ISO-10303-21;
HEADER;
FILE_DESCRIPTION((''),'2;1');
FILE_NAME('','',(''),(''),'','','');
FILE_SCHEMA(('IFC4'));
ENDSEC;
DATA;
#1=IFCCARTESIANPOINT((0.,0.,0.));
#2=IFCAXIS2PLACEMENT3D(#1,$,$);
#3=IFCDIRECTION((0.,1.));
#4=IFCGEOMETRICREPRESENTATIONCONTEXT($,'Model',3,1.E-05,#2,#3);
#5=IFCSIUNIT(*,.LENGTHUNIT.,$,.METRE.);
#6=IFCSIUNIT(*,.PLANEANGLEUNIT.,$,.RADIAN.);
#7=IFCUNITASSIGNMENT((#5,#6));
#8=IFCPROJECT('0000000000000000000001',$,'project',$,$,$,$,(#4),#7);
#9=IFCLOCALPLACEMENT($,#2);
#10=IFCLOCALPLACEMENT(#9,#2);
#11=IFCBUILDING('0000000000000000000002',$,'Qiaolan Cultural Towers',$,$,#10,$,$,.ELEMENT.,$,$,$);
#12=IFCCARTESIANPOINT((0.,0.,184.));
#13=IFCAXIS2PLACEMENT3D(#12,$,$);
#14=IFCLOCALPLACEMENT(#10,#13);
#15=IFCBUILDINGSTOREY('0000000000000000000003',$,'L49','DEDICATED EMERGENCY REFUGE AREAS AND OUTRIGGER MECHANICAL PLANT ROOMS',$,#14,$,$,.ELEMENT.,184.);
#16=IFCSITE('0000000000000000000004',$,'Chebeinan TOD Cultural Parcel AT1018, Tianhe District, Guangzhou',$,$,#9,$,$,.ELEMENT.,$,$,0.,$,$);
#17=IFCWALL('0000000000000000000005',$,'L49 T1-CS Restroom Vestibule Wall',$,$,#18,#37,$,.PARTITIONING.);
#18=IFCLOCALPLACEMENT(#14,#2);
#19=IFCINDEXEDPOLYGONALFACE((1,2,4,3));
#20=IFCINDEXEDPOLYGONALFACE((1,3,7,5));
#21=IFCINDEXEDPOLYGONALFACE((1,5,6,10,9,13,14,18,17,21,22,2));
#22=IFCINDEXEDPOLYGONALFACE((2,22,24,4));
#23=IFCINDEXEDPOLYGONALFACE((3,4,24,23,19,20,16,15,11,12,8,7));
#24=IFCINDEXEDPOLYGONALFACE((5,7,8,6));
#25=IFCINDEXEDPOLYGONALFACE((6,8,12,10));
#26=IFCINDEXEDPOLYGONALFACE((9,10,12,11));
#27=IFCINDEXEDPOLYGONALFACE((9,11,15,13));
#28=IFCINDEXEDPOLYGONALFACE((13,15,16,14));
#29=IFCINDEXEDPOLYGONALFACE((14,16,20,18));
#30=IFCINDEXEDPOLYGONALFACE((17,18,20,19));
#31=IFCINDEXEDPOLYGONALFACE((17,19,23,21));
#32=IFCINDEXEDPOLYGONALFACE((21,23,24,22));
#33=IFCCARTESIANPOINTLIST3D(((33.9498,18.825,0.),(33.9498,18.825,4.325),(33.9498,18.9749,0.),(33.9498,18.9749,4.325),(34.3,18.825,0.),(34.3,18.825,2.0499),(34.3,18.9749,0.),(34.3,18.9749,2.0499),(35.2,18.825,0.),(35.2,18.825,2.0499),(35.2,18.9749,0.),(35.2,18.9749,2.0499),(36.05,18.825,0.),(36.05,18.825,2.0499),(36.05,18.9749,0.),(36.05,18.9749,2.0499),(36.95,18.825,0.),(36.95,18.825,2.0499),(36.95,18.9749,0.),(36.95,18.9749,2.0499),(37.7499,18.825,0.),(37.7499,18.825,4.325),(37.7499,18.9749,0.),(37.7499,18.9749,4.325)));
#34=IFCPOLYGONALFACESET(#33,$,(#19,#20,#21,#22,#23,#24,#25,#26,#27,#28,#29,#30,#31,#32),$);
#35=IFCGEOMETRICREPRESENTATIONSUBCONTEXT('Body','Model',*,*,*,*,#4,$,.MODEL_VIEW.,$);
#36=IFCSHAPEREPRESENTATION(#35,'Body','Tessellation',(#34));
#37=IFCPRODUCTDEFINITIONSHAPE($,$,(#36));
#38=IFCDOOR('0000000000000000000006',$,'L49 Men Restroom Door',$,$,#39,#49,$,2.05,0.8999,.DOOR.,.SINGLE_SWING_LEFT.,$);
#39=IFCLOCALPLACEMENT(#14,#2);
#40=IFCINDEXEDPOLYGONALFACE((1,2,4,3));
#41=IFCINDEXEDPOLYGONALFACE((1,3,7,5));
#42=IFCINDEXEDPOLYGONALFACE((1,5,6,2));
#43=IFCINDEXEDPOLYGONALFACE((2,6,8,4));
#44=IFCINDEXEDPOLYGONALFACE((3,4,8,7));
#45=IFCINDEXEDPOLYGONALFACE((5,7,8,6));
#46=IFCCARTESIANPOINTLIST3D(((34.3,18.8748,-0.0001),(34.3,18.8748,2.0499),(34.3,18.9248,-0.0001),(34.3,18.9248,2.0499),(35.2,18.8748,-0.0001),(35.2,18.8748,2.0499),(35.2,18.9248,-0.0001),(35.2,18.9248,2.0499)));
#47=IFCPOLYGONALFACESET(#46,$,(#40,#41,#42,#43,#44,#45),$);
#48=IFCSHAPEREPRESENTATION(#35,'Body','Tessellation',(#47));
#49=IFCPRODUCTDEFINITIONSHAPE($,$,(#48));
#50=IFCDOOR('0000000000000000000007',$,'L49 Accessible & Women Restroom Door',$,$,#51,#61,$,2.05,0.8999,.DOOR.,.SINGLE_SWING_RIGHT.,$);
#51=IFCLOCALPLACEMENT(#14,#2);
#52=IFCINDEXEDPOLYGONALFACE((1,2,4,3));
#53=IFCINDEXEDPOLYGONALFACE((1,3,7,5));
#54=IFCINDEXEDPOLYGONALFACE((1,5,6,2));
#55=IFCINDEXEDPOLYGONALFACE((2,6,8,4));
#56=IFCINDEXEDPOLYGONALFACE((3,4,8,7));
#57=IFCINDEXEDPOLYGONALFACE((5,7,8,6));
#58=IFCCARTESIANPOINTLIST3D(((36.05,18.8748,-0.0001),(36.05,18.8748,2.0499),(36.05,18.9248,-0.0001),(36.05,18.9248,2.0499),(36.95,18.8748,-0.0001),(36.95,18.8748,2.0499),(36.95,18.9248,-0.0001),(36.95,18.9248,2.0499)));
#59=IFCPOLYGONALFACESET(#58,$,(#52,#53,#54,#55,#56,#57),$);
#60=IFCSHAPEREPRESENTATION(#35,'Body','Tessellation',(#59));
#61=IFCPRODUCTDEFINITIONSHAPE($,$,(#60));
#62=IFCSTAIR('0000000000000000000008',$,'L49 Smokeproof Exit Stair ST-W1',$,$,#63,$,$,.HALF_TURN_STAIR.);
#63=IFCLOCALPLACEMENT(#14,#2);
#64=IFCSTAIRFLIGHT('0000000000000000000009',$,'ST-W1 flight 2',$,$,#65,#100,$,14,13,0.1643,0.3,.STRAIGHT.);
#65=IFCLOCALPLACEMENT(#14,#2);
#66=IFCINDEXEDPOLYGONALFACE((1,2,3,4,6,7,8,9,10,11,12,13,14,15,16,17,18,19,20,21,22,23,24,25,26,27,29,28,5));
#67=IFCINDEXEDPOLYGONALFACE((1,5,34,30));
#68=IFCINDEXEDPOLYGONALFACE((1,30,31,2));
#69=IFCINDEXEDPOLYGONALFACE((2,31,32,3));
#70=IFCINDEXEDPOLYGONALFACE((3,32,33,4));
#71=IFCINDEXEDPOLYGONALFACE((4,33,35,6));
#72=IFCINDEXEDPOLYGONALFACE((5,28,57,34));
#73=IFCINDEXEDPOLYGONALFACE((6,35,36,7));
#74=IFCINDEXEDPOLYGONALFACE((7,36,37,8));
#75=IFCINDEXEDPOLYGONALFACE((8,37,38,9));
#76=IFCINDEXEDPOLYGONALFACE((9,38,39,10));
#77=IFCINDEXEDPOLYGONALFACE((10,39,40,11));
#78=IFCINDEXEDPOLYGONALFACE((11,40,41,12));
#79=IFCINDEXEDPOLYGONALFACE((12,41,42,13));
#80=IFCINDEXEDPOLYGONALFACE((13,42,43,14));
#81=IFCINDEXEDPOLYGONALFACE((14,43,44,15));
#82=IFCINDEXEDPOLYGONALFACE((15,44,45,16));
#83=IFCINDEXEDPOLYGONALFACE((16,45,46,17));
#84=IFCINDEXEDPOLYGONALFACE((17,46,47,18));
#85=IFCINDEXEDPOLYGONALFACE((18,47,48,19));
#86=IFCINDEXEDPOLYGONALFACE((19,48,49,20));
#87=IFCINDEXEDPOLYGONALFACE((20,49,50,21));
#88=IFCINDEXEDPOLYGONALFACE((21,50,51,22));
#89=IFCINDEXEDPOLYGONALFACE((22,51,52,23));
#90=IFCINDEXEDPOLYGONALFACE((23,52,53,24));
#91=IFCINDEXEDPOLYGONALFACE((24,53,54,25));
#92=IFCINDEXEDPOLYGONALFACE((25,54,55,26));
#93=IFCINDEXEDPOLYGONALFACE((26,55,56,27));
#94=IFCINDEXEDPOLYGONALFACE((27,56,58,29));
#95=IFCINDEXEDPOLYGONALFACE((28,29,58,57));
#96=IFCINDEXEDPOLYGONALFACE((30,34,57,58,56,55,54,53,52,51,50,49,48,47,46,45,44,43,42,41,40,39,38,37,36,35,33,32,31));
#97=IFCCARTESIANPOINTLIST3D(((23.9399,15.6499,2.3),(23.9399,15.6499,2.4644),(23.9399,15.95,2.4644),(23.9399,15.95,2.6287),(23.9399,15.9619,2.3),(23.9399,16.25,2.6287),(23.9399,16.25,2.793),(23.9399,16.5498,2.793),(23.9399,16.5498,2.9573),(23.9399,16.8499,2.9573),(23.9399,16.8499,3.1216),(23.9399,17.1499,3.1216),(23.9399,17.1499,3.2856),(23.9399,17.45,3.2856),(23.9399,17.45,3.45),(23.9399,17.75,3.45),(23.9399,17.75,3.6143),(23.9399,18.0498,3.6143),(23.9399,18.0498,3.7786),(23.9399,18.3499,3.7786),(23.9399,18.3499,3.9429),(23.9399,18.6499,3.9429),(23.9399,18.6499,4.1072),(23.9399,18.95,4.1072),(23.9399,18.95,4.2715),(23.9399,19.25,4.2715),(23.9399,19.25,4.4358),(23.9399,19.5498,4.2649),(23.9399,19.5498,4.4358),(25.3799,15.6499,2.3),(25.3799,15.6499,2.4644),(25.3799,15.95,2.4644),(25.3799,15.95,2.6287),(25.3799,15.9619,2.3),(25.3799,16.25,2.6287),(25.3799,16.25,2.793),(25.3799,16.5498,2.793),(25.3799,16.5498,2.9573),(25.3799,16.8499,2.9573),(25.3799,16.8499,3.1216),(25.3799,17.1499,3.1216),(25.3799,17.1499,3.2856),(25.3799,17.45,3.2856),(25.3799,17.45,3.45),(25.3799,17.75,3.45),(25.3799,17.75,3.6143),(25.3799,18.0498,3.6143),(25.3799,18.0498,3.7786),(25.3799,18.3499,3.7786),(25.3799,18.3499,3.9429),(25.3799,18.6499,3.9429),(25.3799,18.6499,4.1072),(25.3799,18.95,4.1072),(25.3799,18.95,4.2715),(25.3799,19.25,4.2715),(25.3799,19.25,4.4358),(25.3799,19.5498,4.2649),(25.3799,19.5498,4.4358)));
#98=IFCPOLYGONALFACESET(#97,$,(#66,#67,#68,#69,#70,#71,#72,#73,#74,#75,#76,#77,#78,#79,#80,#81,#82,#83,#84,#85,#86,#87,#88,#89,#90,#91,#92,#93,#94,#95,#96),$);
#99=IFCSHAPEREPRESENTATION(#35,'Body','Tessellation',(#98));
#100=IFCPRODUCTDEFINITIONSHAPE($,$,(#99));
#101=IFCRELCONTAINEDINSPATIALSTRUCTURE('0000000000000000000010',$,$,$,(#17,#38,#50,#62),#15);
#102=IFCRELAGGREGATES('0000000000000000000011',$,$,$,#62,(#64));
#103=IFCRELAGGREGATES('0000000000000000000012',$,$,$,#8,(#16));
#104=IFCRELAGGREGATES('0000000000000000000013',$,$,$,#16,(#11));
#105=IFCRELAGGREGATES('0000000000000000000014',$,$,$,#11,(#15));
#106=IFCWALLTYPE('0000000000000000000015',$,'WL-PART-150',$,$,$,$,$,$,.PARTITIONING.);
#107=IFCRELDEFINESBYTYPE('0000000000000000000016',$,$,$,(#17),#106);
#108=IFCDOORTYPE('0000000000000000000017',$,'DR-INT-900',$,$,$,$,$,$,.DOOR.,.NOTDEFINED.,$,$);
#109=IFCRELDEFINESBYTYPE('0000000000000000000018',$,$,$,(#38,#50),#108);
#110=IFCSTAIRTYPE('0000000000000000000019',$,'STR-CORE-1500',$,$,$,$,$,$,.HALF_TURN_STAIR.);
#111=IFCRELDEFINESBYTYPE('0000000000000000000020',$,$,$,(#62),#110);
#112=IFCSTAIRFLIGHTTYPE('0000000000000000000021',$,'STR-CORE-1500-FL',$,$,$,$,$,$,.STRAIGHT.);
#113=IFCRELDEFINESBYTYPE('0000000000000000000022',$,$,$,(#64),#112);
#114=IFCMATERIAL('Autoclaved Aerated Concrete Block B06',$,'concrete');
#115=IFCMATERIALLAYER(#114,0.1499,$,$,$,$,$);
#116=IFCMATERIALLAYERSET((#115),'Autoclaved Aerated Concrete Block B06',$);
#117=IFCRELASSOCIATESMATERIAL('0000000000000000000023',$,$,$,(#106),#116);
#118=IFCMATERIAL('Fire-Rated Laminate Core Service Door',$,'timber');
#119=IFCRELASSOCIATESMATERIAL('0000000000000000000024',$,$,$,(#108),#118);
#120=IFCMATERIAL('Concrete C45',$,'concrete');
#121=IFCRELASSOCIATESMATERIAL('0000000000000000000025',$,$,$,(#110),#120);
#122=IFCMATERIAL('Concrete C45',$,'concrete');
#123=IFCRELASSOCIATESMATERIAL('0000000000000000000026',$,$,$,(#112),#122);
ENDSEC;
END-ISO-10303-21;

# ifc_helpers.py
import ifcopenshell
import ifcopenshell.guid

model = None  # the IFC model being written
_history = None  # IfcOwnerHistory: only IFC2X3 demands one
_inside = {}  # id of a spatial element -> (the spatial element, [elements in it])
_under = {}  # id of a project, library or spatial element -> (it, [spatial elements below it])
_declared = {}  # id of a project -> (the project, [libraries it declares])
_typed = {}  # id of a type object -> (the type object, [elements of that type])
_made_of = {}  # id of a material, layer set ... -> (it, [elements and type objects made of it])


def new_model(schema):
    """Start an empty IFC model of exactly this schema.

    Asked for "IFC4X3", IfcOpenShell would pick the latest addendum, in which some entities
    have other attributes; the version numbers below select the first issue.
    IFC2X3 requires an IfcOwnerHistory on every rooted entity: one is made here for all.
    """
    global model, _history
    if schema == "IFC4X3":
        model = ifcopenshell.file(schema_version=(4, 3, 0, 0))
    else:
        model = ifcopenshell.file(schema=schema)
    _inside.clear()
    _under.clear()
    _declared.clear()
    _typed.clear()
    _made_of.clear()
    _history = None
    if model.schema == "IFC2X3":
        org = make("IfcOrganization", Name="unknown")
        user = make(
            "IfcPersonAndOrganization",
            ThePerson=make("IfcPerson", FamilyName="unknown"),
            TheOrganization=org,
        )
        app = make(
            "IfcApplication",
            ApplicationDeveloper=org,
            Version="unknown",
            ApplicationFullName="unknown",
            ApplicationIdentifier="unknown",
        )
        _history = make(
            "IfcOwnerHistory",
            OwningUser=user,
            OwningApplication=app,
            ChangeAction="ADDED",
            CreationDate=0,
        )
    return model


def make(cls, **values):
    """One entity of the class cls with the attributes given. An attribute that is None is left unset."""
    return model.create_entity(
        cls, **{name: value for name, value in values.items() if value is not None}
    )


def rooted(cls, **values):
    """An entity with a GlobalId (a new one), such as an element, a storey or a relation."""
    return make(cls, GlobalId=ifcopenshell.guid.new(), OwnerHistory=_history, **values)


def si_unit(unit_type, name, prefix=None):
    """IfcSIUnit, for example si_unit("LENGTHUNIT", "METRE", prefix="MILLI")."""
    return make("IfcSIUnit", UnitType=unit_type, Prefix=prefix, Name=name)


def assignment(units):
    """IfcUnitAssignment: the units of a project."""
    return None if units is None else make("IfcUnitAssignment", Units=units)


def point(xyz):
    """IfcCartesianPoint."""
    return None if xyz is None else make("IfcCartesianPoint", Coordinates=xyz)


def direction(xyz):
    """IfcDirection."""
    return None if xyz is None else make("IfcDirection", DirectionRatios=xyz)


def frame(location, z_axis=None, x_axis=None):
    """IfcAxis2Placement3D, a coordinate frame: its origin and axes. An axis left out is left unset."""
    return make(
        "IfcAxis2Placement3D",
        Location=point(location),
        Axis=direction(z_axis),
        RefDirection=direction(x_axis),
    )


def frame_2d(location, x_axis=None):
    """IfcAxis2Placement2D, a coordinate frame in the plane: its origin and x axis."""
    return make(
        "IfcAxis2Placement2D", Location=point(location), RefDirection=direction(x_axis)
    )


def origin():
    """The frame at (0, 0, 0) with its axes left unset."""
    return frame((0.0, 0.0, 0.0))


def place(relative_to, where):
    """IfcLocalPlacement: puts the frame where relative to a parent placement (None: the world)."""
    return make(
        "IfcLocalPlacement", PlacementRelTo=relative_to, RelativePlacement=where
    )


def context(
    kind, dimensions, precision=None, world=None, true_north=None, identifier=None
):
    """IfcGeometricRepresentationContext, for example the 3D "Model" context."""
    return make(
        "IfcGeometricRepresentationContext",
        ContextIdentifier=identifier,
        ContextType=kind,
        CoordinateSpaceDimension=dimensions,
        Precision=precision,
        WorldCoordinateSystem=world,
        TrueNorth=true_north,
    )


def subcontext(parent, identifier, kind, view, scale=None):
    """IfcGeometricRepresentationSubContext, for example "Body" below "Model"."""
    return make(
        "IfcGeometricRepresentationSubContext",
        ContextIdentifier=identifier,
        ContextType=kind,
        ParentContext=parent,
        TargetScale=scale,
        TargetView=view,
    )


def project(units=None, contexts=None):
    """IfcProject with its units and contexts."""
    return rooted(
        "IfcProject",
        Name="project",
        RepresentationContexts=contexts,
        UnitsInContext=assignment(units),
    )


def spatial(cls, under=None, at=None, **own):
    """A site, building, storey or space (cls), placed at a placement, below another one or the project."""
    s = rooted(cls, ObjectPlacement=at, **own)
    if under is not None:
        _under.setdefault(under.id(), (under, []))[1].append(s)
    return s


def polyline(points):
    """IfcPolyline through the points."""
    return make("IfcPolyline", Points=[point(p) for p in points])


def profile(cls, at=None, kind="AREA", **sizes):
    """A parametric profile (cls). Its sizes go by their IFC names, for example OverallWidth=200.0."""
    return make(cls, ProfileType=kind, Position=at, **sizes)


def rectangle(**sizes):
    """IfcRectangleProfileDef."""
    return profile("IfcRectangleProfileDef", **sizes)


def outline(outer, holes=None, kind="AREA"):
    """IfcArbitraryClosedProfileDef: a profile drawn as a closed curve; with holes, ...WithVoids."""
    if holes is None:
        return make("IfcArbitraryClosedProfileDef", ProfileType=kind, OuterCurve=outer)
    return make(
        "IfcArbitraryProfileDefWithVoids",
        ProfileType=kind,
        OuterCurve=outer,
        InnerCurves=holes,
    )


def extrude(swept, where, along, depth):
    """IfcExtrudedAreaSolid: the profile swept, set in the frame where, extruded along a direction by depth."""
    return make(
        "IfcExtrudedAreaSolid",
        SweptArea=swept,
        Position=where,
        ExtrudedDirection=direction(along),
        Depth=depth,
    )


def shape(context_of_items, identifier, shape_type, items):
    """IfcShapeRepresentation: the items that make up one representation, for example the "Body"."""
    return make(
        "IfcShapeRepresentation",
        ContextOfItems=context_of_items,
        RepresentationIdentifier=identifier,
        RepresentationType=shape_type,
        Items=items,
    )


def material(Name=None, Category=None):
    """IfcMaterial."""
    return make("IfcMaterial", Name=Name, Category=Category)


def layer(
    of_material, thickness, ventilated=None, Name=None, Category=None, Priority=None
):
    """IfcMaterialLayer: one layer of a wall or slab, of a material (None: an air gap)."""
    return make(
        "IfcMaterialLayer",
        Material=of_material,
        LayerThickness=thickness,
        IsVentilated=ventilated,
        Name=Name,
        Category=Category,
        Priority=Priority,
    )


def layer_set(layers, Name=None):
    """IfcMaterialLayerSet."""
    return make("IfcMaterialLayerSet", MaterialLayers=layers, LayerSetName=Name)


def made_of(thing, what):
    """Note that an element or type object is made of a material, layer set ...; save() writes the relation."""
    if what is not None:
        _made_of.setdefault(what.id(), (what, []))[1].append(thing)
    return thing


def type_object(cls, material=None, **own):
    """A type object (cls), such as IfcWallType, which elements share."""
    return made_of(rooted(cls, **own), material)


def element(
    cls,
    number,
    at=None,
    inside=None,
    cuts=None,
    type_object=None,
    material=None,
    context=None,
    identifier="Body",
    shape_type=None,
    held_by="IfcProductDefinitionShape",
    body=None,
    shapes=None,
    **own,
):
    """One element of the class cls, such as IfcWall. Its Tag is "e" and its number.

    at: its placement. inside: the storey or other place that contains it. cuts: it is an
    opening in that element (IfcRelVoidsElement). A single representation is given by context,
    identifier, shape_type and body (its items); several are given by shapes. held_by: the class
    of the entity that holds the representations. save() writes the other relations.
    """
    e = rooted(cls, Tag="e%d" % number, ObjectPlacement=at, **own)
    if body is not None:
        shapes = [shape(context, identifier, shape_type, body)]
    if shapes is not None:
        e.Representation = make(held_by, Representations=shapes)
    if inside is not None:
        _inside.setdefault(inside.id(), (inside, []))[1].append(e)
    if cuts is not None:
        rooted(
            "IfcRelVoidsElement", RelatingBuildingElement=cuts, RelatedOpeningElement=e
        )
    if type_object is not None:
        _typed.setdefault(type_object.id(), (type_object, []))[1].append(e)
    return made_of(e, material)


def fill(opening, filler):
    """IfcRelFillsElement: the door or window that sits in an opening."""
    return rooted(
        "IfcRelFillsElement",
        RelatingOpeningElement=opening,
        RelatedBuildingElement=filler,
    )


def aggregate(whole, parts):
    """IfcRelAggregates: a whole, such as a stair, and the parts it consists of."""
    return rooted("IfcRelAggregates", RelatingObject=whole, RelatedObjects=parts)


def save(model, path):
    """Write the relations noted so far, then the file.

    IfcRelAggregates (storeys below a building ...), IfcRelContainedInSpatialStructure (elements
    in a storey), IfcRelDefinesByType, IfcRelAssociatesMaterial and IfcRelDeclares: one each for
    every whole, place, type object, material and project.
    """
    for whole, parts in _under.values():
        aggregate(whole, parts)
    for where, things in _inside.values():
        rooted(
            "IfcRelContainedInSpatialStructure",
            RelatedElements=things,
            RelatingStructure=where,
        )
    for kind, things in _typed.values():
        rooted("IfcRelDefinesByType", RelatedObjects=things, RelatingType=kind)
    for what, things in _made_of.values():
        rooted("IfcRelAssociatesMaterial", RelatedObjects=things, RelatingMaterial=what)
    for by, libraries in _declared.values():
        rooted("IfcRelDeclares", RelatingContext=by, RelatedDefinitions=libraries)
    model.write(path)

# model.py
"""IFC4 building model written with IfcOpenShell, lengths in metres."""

from ifc_helpers import new_model, si_unit, direction, frame, frame_2d, origin, place, context, subcontext, project, spatial, polyline, rectangle, outline, extrude, material, layer, layer_set, type_object, element, fill, aggregate, save


model = new_model("IFC4")

# Units and contexts
model_context = context("Model", 3, precision=1e-05, world=origin(), true_north=direction((0.0, 1.0)))
body_context = subcontext(model_context, "Body", "Model", "MODEL_VIEW")
ifc_project = project(units=[si_unit("LENGTHUNIT", "METRE"), si_unit("PLANEANGLEUNIT", "RADIAN")], contexts=[model_context])

# Site, building, storey
site_placement = place(None, origin())
site = spatial("IfcSite", under=ifc_project, at=site_placement, Name="Chebeinan TOD Cultural Parcel AT1018, Tianhe District, Guangzhou", CompositionType="ELEMENT", RefElevation=0.0)
building_placement = place(site_placement, origin())
building = spatial("IfcBuilding", under=site, at=building_placement, Name="Qiaolan Cultural Towers", CompositionType="ELEMENT")
storey_placement = place(building_placement, frame((0.0, 0.0, 184.0)))
storey = spatial("IfcBuildingStorey", under=building, at=storey_placement, Name="L49", Description="DEDICATED EMERGENCY REFUGE AREAS AND OUTRIGGER MECHANICAL PLANT ROOMS", CompositionType="ELEMENT", Elevation=184.0)

# Wall, openings, doors
ifc_material_1 = material(Name="Autoclaved Aerated Concrete Block B06", Category="concrete")
ifc_layer_1 = layer(ifc_material_1, 0.1499)
ifc_layer_set_1 = layer_set([ifc_layer_1], Name="Autoclaved Aerated Concrete Block B06")
wall_type_1 = type_object("IfcWallType", Name="WL-PART-150", PredefinedType="PARTITIONING", material=ifc_layer_set_1)
wall_1_placement = place(storey_placement, frame((33.95, 18.8999, 0.0), z_axis=(0.0, 0.0, 1.0), x_axis=(1.0, 0.0, 0.0)))
wall_1 = element("IfcWall", 1, at=wall_1_placement, inside=storey, type_object=wall_type_1, Name="L49 T1-CS Restroom Vestibule Wall", PredefinedType="PARTITIONING", context=body_context, shape_type="SweptSolid", body=[
    extrude(rectangle(XDim=3.8, YDim=0.1499, at=frame_2d((1.8999, 0.0))), origin(), (0.0, 0.0, 1.0), 4.325),
])
opening_1_placement = place(wall_1_placement, frame((0.3501, 0.0, 0.0)))
opening_1 = element("IfcOpeningElement", 2, at=opening_1_placement, cuts=wall_1, PredefinedType="OPENING", context=body_context, shape_type="SweptSolid", body=[
    extrude(rectangle(XDim=0.8999, YDim=2.05, at=frame_2d((0.45, 1.0249))), frame((0.0, 0.085, 0.0), z_axis=(0.0, -1.0, 0.0), x_axis=(1.0, 0.0, 0.0)), (0.0, 0.0, 1.0), 0.1699),
])
opening_2_placement = place(wall_1_placement, frame((2.1001, 0.0, 0.0)))
opening_2 = element("IfcOpeningElement", 3, at=opening_2_placement, cuts=wall_1, PredefinedType="OPENING", context=body_context, shape_type="SweptSolid", body=[
    extrude(rectangle(XDim=0.8999, YDim=2.05, at=frame_2d((0.45, 1.0249))), frame((0.0, 0.085, 0.0), z_axis=(0.0, -1.0, 0.0), x_axis=(1.0, 0.0, 0.0)), (0.0, 0.0, 1.0), 0.1699),
])
ifc_material_2 = material(Name="Fire-Rated Laminate Core Service Door", Category="timber")
door_type_1 = type_object("IfcDoorType", Name="DR-INT-900", OperationType="NOTDEFINED", PredefinedType="DOOR", material=ifc_material_2)
door_1_placement = place(opening_1_placement, origin())
door_1 = element("IfcDoor", 4, at=door_1_placement, inside=storey, type_object=door_type_1, Name="L49 Men Restroom Door", OperationType="SINGLE_SWING_LEFT", OverallHeight=2.05, OverallWidth=0.8999, PredefinedType="DOOR", context=body_context, shape_type="SweptSolid", body=[
    extrude(rectangle(XDim=0.8999, YDim=2.05, at=frame_2d((0.45, 1.0249))), frame((0.0, 0.0249, 0.0), z_axis=(0.0, -1.0, 0.0), x_axis=(1.0, 0.0, 0.0)), (0.0, 0.0, 1.0), 0.05),
])
fill(opening_1, door_1)
door_2_placement = place(opening_2_placement, origin())
door_2 = element("IfcDoor", 5, at=door_2_placement, inside=storey, type_object=door_type_1, Name="L49 Accessible & Women Restroom Door", OperationType="SINGLE_SWING_RIGHT", OverallHeight=2.05, OverallWidth=0.8999, PredefinedType="DOOR", context=body_context, shape_type="SweptSolid", body=[
    extrude(rectangle(XDim=0.8999, YDim=2.05, at=frame_2d((0.45, 1.0249))), frame((0.0, 0.0249, 0.0), z_axis=(0.0, -1.0, 0.0), x_axis=(1.0, 0.0, 0.0)), (0.0, 0.0, 1.0), 0.05),
])
fill(opening_2, door_2)

# Stair, stair flight
ifc_material_3 = material(Name="Concrete C45", Category="concrete")
stair_type = type_object("IfcStairType", Name="STR-CORE-1500", PredefinedType="HALF_TURN_STAIR", material=ifc_material_3)
stair_placement = place(storey_placement, origin())
stair = element("IfcStair", 6, at=stair_placement, inside=storey, type_object=stair_type, Name="L49 Smokeproof Exit Stair ST-W1", PredefinedType="HALF_TURN_STAIR")
ifc_material_4 = material(Name="Concrete C45", Category="concrete")
stair_flight_type = type_object("IfcStairFlightType", Name="STR-CORE-1500-FL", PredefinedType="STRAIGHT", material=ifc_material_4)
stair_flight_placement = place(storey_placement, frame((24.6599, 15.6499, 2.3), z_axis=(0.0, 0.0, 1.0), x_axis=(0.0, 1.0, 0.0)))
stair_flight = element("IfcStairFlight", 7, at=stair_flight_placement, type_object=stair_flight_type, Name="ST-W1 flight 2", NumberOfRisers=14, NumberOfTreads=13, PredefinedType="STRAIGHT", RiserHeight=0.1643, TreadLength=0.3, context=body_context, shape_type="SweptSolid", body=[
    extrude(outline(polyline([(0.0, 0.0), (0.0, 0.1643), (0.3, 0.1643), (0.3, 0.3286), (0.6001, 0.3286), (0.6001, 0.4929), (0.8999, 0.4929), (0.8999, 0.6572), (1.2, 0.6572), (1.2, 0.8215), (1.5, 0.8215), (1.5, 0.9856), (1.8, 0.9856), (1.8, 1.1499), (2.1001, 1.1499), (2.1001, 1.3142), (2.3999, 1.3142), (2.3999, 1.4785), (2.7, 1.4785), (2.7, 1.6428), (3.0, 1.6428), (3.0, 1.8071), (3.3, 1.8071), (3.3, 1.9714), (3.6001, 1.9714), (3.6001, 2.1357), (3.8999, 2.1357), (3.8999, 2.3), (3.8999, 1.9648), (0.312, 0.0), (0.0, 0.0)])), frame((0.0, 0.72, 0.0), z_axis=(0.0, -1.0, 0.0), x_axis=(1.0, 0.0, 0.0)), (0.0, 0.0, 1.0), 1.4399),
])
aggregate(stair, [stair_flight])

save(model, "model.ifc")
